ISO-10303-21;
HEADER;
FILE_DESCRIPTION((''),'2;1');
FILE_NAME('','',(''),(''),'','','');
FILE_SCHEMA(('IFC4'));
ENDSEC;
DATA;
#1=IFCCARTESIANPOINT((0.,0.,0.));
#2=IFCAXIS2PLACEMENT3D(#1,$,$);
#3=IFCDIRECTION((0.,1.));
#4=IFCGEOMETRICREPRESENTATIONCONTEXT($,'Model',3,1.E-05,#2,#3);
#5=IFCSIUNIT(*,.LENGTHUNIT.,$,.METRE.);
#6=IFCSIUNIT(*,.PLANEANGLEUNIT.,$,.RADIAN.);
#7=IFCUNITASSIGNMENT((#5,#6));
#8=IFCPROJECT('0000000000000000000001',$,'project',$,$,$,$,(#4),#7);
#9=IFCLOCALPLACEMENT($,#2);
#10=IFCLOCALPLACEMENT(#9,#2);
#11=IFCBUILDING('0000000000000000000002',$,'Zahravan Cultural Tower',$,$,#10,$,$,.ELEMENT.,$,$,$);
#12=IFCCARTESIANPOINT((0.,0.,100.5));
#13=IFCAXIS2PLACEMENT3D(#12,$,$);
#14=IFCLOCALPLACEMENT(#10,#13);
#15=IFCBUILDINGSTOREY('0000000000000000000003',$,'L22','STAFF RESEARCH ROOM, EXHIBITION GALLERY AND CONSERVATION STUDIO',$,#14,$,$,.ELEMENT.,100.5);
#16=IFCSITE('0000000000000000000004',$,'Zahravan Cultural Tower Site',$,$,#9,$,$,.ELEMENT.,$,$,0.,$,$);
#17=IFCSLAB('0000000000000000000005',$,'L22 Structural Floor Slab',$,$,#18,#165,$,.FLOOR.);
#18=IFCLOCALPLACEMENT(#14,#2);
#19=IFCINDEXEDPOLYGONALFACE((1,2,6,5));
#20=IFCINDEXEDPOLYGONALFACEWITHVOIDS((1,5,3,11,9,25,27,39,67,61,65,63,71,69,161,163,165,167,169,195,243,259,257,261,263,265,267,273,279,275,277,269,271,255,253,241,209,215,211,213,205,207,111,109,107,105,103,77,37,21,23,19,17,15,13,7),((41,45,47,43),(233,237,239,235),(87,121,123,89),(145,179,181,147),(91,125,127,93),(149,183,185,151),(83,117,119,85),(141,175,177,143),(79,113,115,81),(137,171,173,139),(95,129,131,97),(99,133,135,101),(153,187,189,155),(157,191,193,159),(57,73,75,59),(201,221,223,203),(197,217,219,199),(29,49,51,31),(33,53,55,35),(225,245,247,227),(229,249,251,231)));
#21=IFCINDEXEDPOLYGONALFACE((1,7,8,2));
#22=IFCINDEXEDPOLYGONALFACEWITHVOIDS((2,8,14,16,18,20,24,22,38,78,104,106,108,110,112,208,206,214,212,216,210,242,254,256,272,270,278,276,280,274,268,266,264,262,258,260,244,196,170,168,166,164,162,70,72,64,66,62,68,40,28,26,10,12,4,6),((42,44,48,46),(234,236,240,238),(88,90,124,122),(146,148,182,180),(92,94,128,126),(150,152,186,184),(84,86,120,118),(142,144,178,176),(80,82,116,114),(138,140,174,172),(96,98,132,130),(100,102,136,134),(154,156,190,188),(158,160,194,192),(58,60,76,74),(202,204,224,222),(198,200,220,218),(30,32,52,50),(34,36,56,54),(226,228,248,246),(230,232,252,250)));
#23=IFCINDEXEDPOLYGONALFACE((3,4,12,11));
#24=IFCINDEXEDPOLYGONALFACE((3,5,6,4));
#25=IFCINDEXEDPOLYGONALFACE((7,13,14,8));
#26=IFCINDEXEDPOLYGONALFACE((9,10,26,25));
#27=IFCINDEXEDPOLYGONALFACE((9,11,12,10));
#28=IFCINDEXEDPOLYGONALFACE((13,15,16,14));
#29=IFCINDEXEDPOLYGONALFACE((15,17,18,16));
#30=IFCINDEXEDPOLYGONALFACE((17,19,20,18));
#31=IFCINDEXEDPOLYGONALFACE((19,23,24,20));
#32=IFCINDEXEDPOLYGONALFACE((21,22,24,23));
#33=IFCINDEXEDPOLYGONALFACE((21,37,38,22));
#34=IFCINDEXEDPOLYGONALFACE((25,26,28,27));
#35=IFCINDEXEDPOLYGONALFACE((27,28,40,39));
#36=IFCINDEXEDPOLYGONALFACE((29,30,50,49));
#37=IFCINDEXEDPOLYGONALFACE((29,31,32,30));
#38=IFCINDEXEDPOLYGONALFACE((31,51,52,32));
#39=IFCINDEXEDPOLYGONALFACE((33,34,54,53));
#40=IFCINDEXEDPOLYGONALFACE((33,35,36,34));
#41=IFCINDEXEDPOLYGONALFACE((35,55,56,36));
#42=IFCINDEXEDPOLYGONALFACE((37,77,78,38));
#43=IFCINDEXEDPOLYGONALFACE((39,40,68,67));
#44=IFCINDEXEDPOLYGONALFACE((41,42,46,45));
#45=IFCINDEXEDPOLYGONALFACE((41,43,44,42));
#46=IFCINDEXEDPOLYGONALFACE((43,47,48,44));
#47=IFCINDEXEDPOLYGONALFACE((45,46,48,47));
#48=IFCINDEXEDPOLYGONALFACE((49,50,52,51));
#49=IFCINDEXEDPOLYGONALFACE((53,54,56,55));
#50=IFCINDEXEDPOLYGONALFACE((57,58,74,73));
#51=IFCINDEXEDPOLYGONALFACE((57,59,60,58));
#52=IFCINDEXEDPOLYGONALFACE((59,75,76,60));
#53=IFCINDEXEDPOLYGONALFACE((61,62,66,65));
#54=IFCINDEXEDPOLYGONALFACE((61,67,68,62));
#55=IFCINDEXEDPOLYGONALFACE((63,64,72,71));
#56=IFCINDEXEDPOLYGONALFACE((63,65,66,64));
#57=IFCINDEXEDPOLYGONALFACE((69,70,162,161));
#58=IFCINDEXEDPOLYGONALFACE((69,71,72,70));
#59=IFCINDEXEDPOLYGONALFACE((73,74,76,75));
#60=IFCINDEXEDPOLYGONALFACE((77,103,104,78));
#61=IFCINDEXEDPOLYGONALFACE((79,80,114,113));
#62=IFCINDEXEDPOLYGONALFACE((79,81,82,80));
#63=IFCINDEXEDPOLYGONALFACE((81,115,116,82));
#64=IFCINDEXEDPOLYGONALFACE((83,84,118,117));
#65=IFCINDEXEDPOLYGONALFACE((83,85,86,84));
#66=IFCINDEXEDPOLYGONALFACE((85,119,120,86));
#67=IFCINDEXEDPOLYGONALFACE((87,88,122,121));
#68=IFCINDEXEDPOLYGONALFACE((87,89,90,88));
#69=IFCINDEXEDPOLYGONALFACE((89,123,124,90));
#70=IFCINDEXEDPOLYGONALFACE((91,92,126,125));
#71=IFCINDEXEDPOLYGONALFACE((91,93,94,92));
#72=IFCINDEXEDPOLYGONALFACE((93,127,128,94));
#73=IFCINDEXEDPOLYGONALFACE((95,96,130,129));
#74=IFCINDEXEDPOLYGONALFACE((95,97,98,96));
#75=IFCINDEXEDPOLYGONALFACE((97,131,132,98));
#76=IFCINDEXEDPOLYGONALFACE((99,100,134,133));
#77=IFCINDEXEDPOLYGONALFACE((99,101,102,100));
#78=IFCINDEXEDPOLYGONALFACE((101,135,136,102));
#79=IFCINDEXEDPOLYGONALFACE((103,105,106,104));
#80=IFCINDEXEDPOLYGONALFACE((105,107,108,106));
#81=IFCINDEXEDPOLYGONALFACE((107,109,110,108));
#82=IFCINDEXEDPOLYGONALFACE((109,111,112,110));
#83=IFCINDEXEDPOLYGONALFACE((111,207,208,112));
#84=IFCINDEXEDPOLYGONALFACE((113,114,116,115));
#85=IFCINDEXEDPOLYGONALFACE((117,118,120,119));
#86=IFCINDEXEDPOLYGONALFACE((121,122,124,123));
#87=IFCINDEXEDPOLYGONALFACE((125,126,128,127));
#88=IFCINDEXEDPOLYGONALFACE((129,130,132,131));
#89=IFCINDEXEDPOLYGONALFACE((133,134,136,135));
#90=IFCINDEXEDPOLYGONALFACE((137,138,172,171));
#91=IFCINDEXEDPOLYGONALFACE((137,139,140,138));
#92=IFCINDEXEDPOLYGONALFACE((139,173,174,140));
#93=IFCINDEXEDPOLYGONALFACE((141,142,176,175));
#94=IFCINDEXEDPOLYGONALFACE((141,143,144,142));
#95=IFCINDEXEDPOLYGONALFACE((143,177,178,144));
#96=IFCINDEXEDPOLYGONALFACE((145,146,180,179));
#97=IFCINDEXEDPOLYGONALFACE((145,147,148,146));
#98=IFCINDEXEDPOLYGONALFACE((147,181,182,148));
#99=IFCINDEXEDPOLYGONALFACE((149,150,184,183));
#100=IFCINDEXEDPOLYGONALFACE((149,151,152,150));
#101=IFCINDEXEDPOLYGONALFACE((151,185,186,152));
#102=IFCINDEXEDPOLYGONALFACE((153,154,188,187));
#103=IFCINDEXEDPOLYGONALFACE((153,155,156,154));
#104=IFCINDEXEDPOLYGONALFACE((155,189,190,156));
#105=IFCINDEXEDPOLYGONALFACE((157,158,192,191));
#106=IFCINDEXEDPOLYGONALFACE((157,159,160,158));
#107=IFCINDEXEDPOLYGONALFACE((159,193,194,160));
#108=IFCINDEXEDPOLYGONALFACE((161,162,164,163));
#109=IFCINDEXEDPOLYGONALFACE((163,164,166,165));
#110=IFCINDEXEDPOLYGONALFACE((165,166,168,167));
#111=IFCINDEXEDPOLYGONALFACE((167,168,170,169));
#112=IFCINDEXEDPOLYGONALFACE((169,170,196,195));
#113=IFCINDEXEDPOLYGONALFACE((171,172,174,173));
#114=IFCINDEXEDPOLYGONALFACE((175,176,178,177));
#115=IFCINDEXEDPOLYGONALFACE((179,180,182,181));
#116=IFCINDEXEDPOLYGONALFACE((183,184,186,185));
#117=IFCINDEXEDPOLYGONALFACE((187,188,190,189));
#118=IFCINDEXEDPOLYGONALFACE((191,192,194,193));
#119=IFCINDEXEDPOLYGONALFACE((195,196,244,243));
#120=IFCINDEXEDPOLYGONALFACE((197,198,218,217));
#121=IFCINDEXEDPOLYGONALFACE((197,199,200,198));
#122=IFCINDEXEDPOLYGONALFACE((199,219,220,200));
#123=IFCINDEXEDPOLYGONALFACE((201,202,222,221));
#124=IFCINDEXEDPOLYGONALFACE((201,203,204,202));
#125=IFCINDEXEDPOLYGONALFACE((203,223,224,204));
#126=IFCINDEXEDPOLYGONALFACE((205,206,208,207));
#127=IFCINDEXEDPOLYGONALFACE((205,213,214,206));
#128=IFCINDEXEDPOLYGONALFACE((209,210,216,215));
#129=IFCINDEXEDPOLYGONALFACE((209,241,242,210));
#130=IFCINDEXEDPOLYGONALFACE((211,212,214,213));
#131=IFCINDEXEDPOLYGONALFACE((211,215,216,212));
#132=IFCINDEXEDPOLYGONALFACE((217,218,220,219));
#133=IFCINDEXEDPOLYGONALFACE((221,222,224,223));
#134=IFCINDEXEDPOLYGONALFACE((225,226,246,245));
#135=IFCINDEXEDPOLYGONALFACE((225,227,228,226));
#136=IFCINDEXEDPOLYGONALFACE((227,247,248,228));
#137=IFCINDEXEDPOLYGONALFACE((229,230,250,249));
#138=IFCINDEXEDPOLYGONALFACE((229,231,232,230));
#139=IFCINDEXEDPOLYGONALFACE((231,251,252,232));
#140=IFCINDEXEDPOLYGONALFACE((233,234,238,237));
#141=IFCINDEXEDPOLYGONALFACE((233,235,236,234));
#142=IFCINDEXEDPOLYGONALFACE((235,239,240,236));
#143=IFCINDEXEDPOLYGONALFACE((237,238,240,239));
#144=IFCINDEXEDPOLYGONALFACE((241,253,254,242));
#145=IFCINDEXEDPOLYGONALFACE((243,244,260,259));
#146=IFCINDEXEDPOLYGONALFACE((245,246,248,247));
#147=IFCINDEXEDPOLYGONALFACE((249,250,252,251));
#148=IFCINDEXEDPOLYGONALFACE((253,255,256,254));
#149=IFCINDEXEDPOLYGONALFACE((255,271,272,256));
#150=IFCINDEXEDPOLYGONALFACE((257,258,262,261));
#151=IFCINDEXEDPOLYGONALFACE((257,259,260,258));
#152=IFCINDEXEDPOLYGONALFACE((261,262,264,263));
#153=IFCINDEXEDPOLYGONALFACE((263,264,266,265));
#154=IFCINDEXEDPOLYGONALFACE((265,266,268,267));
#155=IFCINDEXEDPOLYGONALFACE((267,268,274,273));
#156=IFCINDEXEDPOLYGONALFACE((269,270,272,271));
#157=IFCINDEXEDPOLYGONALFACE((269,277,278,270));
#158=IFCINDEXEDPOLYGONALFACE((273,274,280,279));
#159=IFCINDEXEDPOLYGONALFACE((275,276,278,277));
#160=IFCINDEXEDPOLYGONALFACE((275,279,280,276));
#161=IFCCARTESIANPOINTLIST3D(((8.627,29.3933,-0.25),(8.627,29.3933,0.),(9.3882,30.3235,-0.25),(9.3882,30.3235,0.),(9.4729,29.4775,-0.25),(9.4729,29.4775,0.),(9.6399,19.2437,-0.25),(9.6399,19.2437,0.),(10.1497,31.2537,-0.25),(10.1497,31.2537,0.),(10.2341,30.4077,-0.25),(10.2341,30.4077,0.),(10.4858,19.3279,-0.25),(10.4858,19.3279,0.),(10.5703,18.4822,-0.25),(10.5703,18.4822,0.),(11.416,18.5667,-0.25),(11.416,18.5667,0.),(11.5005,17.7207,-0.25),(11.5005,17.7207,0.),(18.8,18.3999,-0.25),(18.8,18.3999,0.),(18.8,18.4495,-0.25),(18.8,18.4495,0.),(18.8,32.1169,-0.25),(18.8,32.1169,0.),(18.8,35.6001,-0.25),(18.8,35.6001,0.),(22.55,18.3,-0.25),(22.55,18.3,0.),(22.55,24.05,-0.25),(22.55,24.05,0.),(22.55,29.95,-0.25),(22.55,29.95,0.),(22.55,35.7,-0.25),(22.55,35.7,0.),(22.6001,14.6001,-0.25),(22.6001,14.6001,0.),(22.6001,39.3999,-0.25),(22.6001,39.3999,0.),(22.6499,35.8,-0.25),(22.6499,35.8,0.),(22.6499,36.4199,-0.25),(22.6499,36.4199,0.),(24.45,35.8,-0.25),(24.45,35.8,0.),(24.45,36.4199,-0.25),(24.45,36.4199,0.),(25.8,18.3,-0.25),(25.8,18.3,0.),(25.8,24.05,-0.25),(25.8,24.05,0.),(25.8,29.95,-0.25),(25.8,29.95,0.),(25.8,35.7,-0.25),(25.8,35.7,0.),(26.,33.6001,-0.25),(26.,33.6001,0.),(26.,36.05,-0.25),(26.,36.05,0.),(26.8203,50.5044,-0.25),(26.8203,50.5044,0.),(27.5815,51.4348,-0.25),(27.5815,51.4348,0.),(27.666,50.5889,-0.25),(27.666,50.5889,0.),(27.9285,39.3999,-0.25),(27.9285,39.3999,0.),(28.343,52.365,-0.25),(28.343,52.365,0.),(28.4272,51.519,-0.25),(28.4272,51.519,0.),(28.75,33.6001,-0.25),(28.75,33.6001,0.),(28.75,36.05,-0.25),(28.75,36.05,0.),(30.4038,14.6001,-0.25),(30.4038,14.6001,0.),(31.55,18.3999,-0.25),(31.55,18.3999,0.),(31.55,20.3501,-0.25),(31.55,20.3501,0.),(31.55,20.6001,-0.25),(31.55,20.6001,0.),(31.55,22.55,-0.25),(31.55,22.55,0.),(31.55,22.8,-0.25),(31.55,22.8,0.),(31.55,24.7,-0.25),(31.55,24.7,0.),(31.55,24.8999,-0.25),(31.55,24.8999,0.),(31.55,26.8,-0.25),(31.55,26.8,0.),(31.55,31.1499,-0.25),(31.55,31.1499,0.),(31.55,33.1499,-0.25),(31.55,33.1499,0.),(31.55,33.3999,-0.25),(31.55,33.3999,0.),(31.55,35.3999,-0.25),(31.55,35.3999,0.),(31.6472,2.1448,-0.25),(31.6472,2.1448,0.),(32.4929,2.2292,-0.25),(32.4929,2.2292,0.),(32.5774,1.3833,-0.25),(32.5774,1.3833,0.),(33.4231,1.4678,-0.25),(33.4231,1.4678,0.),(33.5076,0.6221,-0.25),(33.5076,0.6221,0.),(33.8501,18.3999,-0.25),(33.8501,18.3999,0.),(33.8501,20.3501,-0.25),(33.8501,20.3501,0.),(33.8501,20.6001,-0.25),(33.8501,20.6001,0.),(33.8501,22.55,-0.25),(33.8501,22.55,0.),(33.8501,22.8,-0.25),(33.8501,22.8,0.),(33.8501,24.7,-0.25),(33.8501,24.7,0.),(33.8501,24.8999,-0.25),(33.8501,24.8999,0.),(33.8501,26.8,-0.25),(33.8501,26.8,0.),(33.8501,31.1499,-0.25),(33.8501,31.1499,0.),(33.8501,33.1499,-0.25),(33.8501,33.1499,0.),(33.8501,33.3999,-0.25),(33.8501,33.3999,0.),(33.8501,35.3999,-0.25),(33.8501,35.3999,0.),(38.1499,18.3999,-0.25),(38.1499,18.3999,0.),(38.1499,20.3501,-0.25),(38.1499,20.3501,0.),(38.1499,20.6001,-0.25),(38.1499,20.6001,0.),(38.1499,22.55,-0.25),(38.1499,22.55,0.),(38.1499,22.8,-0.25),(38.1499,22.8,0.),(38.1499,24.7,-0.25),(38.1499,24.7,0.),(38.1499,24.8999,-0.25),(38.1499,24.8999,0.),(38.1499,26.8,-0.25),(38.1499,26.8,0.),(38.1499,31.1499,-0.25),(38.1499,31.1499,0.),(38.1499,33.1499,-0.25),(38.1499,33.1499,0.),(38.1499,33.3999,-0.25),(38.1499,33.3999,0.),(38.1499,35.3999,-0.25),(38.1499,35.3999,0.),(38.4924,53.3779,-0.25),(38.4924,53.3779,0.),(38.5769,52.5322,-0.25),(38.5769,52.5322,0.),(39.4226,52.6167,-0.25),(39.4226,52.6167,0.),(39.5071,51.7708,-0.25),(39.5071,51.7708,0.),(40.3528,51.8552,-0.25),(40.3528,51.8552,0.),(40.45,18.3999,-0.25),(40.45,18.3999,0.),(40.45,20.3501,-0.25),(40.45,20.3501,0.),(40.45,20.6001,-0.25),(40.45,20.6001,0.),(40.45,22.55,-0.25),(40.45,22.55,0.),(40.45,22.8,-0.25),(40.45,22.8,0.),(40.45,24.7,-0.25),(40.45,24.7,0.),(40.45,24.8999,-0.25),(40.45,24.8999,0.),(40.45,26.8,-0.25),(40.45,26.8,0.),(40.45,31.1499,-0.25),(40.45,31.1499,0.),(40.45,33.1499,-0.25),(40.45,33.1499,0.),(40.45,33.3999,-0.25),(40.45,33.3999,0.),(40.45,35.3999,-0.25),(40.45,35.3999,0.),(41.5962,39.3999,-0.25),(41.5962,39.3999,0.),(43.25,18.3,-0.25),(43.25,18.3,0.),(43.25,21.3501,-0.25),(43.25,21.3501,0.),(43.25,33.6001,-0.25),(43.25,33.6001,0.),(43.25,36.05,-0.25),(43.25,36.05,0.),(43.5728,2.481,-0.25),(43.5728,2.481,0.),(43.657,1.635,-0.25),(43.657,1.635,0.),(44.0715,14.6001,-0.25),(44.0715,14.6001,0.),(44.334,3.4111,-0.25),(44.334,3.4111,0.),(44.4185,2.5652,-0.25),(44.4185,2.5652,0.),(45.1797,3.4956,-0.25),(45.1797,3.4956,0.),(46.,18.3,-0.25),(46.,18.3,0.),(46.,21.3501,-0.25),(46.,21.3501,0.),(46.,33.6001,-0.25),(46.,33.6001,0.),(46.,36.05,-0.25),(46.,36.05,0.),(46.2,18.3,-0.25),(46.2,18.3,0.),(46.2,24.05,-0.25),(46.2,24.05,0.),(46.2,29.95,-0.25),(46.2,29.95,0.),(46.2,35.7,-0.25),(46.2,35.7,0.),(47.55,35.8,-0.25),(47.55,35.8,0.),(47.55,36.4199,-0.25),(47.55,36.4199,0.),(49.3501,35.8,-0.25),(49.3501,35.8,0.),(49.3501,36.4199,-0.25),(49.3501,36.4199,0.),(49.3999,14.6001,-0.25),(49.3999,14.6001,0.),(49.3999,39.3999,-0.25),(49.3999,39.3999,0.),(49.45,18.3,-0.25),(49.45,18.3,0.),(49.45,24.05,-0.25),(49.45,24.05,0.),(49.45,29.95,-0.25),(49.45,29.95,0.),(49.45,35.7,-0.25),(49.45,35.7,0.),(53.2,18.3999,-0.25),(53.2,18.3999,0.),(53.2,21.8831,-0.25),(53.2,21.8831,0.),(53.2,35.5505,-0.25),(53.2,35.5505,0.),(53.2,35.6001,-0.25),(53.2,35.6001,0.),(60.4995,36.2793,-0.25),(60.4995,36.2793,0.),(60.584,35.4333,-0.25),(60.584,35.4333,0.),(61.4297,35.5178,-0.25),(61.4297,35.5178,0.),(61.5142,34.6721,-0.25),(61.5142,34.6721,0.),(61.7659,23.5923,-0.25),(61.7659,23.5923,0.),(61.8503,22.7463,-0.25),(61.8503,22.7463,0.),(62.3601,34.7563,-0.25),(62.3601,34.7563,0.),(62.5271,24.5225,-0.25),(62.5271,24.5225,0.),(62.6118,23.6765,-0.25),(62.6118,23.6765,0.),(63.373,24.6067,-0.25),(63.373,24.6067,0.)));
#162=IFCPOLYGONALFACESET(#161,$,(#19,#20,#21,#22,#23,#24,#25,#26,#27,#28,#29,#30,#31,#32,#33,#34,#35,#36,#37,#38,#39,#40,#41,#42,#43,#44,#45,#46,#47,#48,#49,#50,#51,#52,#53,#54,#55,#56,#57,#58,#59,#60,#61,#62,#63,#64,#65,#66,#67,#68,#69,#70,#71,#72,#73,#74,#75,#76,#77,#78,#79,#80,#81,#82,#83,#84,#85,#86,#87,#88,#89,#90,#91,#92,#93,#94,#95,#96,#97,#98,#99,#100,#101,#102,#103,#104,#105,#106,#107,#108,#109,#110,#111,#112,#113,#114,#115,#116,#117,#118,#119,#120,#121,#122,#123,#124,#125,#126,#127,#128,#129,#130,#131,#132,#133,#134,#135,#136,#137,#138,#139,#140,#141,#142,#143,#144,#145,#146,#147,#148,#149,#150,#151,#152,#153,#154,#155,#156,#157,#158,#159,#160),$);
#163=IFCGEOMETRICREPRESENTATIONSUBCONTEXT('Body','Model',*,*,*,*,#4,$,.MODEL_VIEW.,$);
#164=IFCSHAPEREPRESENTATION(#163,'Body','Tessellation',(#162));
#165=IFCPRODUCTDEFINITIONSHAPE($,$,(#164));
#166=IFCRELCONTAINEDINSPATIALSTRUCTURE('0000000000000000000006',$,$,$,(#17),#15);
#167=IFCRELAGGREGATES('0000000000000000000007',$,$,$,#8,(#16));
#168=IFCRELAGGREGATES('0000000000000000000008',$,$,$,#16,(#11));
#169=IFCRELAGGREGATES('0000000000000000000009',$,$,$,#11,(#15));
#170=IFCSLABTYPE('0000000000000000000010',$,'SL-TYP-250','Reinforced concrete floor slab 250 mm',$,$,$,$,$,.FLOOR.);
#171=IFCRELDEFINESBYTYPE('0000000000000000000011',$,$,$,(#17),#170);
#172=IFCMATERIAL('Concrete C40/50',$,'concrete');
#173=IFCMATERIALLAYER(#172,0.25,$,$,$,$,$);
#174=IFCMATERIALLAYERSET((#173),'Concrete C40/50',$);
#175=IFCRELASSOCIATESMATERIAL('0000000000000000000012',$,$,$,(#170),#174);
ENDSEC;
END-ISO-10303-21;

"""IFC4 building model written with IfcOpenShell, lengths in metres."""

from ifc_helpers import new_model, si_unit, direction, frame, origin, place, context, subcontext, project, spatial, polyline, outline, extrude, material, layer, layer_set, type_object, element, save


model = new_model("IFC4")

# Units and contexts
model_context = context("Model", 3, precision=1e-05, world=origin(), true_north=direction((0.0, 1.0)))
body_context = subcontext(model_context, "Body", "Model", "MODEL_VIEW")
ifc_project = project(units=[si_unit("LENGTHUNIT", "METRE"), si_unit("PLANEANGLEUNIT", "RADIAN")], contexts=[model_context])

# Site, building, storey
site_placement = place(None, origin())
site = spatial("IfcSite", under=ifc_project, at=site_placement, Name="Zahravan Cultural Tower Site", CompositionType="ELEMENT", RefElevation=0.0)
building_placement = place(site_placement, origin())
building = spatial("IfcBuilding", under=site, at=building_placement, Name="Zahravan Cultural Tower", CompositionType="ELEMENT")
storey_placement = place(building_placement, frame((0.0, 0.0, 100.5)))
storey = spatial("IfcBuildingStorey", under=building, at=storey_placement, Name="L22", Description="STAFF RESEARCH ROOM, EXHIBITION GALLERY AND CONSERVATION STUDIO", CompositionType="ELEMENT", Elevation=100.5)

# Slab
ifc_material_1 = material(Name="Concrete C40/50", Category="concrete")
ifc_layer_1 = layer(ifc_material_1, 0.25)
ifc_layer_set_1 = layer_set([ifc_layer_1], Name="Concrete C40/50")
slab_type_1 = type_object("IfcSlabType", Name="SL-TYP-250", Description="Reinforced concrete floor slab 250 mm", PredefinedType="FLOOR", material=ifc_layer_set_1)
slab_1_placement = place(storey_placement, frame((0.0, 0.0, -0.25)))
element("IfcSlab", 1, at=slab_1_placement, inside=storey, type_object=slab_type_1, Name="L22 Structural Floor Slab", PredefinedType="FLOOR", context=body_context, shape_type="SweptSolid", body=[
    extrude(outline(polyline([(53.2, 35.5505), (53.2, 35.6001), (49.3999, 39.3999), (41.5962, 39.3999), (40.3528, 51.8552), (39.5071, 51.7708), (39.4226, 52.6167), (38.5769, 52.5322), (38.4924, 53.3779), (28.343, 52.365), (28.4272, 51.519), (27.5815, 51.4348), (27.666, 50.5889), (26.8203, 50.5044), (27.9285, 39.3999), (22.6001, 39.3999), (18.8, 35.6001), (18.8, 32.1169), (10.1497, 31.2537), (10.2341, 30.4077), (9.3882, 30.3235), (9.4729, 29.4775), (8.627, 29.3933), (9.6399, 19.2437), (10.4858, 19.3279), (10.5703, 18.4822), (11.416, 18.5667), (11.5005, 17.7207), (18.8, 18.4495), (18.8, 18.3999), (22.6001, 14.6001), (30.4038, 14.6001), (31.6472, 2.1448), (32.4929, 2.2292), (32.5774, 1.3833), (33.4231, 1.4678), (33.5076, 0.6221), (43.657, 1.635), (43.5728, 2.481), (44.4185, 2.5652), (44.334, 3.4111), (45.1797, 3.4956), (44.0715, 14.6001), (49.3999, 14.6001), (53.2, 18.3999), (53.2, 21.8831), (61.8503, 22.7463), (61.7659, 23.5923), (62.6118, 23.6765), (62.5271, 24.5225), (63.373, 24.6067), (62.3601, 34.7563), (61.5142, 34.6721), (61.4297, 35.5178), (60.584, 35.4333), (60.4995, 36.2793), (53.2, 35.5505)]), holes=[polyline([(22.55, 29.95), (22.55, 35.7), (25.8, 35.7), (25.8, 29.95), (22.55, 29.95)]), polyline([(22.55, 18.3), (22.55, 24.05), (25.8, 24.05), (25.8, 18.3), (22.55, 18.3)]), polyline([(46.2, 29.95), (46.2, 35.7), (49.45, 35.7), (49.45, 29.95), (46.2, 29.95)]), polyline([(46.2, 18.3), (46.2, 24.05), (49.45, 24.05), (49.45, 18.3), (46.2, 18.3)]), polyline([(26.0, 33.6001), (26.0, 36.05), (28.75, 36.05), (28.75, 33.6001), (26.0, 33.6001)]), polyline([(43.25, 33.6001), (43.25, 36.05), (46.0, 36.05), (46.0, 33.6001), (43.25, 33.6001)]), polyline([(43.25, 18.3), (43.25, 21.3501), (46.0, 21.3501), (46.0, 18.3), (43.25, 18.3)]), polyline([(31.55, 33.3999), (31.55, 35.3999), (33.8501, 35.3999), (33.8501, 33.3999), (31.55, 33.3999)]), polyline([(31.55, 31.1499), (31.55, 33.1499), (33.8501, 33.1499), (33.8501, 31.1499), (31.55, 31.1499)]), polyline([(38.1499, 33.3999), (38.1499, 35.3999), (40.45, 35.3999), (40.45, 33.3999), (38.1499, 33.3999)]), polyline([(38.1499, 31.1499), (38.1499, 33.1499), (40.45, 33.1499), (40.45, 31.1499), (38.1499, 31.1499)]), polyline([(31.55, 20.6001), (31.55, 22.55), (33.8501, 22.55), (33.8501, 20.6001), (31.55, 20.6001)]), polyline([(31.55, 18.3999), (31.55, 20.3501), (33.8501, 20.3501), (33.8501, 18.3999), (31.55, 18.3999)]), polyline([(38.1499, 20.6001), (38.1499, 22.55), (40.45, 22.55), (40.45, 20.6001), (38.1499, 20.6001)]), polyline([(38.1499, 18.3999), (38.1499, 20.3501), (40.45, 20.3501), (40.45, 18.3999), (38.1499, 18.3999)]), polyline([(31.55, 24.8999), (31.55, 26.8), (33.8501, 26.8), (33.8501, 24.8999), (31.55, 24.8999)]), polyline([(31.55, 22.8), (31.55, 24.7), (33.8501, 24.7), (33.8501, 22.8), (31.55, 22.8)]), polyline([(38.1499, 24.8999), (38.1499, 26.8), (40.45, 26.8), (40.45, 24.8999), (38.1499, 24.8999)]), polyline([(38.1499, 22.8), (38.1499, 24.7), (40.45, 24.7), (40.45, 22.8), (38.1499, 22.8)]), polyline([(22.6499, 35.8), (22.6499, 36.4199), (24.45, 36.4199), (24.45, 35.8), (22.6499, 35.8)]), polyline([(47.55, 35.8), (47.55, 36.4199), (49.3501, 36.4199), (49.3501, 35.8), (47.55, 35.8)])]), origin(), (0.0, 0.0, 1.0), 0.25),
])

save(model, "model.ifc")
